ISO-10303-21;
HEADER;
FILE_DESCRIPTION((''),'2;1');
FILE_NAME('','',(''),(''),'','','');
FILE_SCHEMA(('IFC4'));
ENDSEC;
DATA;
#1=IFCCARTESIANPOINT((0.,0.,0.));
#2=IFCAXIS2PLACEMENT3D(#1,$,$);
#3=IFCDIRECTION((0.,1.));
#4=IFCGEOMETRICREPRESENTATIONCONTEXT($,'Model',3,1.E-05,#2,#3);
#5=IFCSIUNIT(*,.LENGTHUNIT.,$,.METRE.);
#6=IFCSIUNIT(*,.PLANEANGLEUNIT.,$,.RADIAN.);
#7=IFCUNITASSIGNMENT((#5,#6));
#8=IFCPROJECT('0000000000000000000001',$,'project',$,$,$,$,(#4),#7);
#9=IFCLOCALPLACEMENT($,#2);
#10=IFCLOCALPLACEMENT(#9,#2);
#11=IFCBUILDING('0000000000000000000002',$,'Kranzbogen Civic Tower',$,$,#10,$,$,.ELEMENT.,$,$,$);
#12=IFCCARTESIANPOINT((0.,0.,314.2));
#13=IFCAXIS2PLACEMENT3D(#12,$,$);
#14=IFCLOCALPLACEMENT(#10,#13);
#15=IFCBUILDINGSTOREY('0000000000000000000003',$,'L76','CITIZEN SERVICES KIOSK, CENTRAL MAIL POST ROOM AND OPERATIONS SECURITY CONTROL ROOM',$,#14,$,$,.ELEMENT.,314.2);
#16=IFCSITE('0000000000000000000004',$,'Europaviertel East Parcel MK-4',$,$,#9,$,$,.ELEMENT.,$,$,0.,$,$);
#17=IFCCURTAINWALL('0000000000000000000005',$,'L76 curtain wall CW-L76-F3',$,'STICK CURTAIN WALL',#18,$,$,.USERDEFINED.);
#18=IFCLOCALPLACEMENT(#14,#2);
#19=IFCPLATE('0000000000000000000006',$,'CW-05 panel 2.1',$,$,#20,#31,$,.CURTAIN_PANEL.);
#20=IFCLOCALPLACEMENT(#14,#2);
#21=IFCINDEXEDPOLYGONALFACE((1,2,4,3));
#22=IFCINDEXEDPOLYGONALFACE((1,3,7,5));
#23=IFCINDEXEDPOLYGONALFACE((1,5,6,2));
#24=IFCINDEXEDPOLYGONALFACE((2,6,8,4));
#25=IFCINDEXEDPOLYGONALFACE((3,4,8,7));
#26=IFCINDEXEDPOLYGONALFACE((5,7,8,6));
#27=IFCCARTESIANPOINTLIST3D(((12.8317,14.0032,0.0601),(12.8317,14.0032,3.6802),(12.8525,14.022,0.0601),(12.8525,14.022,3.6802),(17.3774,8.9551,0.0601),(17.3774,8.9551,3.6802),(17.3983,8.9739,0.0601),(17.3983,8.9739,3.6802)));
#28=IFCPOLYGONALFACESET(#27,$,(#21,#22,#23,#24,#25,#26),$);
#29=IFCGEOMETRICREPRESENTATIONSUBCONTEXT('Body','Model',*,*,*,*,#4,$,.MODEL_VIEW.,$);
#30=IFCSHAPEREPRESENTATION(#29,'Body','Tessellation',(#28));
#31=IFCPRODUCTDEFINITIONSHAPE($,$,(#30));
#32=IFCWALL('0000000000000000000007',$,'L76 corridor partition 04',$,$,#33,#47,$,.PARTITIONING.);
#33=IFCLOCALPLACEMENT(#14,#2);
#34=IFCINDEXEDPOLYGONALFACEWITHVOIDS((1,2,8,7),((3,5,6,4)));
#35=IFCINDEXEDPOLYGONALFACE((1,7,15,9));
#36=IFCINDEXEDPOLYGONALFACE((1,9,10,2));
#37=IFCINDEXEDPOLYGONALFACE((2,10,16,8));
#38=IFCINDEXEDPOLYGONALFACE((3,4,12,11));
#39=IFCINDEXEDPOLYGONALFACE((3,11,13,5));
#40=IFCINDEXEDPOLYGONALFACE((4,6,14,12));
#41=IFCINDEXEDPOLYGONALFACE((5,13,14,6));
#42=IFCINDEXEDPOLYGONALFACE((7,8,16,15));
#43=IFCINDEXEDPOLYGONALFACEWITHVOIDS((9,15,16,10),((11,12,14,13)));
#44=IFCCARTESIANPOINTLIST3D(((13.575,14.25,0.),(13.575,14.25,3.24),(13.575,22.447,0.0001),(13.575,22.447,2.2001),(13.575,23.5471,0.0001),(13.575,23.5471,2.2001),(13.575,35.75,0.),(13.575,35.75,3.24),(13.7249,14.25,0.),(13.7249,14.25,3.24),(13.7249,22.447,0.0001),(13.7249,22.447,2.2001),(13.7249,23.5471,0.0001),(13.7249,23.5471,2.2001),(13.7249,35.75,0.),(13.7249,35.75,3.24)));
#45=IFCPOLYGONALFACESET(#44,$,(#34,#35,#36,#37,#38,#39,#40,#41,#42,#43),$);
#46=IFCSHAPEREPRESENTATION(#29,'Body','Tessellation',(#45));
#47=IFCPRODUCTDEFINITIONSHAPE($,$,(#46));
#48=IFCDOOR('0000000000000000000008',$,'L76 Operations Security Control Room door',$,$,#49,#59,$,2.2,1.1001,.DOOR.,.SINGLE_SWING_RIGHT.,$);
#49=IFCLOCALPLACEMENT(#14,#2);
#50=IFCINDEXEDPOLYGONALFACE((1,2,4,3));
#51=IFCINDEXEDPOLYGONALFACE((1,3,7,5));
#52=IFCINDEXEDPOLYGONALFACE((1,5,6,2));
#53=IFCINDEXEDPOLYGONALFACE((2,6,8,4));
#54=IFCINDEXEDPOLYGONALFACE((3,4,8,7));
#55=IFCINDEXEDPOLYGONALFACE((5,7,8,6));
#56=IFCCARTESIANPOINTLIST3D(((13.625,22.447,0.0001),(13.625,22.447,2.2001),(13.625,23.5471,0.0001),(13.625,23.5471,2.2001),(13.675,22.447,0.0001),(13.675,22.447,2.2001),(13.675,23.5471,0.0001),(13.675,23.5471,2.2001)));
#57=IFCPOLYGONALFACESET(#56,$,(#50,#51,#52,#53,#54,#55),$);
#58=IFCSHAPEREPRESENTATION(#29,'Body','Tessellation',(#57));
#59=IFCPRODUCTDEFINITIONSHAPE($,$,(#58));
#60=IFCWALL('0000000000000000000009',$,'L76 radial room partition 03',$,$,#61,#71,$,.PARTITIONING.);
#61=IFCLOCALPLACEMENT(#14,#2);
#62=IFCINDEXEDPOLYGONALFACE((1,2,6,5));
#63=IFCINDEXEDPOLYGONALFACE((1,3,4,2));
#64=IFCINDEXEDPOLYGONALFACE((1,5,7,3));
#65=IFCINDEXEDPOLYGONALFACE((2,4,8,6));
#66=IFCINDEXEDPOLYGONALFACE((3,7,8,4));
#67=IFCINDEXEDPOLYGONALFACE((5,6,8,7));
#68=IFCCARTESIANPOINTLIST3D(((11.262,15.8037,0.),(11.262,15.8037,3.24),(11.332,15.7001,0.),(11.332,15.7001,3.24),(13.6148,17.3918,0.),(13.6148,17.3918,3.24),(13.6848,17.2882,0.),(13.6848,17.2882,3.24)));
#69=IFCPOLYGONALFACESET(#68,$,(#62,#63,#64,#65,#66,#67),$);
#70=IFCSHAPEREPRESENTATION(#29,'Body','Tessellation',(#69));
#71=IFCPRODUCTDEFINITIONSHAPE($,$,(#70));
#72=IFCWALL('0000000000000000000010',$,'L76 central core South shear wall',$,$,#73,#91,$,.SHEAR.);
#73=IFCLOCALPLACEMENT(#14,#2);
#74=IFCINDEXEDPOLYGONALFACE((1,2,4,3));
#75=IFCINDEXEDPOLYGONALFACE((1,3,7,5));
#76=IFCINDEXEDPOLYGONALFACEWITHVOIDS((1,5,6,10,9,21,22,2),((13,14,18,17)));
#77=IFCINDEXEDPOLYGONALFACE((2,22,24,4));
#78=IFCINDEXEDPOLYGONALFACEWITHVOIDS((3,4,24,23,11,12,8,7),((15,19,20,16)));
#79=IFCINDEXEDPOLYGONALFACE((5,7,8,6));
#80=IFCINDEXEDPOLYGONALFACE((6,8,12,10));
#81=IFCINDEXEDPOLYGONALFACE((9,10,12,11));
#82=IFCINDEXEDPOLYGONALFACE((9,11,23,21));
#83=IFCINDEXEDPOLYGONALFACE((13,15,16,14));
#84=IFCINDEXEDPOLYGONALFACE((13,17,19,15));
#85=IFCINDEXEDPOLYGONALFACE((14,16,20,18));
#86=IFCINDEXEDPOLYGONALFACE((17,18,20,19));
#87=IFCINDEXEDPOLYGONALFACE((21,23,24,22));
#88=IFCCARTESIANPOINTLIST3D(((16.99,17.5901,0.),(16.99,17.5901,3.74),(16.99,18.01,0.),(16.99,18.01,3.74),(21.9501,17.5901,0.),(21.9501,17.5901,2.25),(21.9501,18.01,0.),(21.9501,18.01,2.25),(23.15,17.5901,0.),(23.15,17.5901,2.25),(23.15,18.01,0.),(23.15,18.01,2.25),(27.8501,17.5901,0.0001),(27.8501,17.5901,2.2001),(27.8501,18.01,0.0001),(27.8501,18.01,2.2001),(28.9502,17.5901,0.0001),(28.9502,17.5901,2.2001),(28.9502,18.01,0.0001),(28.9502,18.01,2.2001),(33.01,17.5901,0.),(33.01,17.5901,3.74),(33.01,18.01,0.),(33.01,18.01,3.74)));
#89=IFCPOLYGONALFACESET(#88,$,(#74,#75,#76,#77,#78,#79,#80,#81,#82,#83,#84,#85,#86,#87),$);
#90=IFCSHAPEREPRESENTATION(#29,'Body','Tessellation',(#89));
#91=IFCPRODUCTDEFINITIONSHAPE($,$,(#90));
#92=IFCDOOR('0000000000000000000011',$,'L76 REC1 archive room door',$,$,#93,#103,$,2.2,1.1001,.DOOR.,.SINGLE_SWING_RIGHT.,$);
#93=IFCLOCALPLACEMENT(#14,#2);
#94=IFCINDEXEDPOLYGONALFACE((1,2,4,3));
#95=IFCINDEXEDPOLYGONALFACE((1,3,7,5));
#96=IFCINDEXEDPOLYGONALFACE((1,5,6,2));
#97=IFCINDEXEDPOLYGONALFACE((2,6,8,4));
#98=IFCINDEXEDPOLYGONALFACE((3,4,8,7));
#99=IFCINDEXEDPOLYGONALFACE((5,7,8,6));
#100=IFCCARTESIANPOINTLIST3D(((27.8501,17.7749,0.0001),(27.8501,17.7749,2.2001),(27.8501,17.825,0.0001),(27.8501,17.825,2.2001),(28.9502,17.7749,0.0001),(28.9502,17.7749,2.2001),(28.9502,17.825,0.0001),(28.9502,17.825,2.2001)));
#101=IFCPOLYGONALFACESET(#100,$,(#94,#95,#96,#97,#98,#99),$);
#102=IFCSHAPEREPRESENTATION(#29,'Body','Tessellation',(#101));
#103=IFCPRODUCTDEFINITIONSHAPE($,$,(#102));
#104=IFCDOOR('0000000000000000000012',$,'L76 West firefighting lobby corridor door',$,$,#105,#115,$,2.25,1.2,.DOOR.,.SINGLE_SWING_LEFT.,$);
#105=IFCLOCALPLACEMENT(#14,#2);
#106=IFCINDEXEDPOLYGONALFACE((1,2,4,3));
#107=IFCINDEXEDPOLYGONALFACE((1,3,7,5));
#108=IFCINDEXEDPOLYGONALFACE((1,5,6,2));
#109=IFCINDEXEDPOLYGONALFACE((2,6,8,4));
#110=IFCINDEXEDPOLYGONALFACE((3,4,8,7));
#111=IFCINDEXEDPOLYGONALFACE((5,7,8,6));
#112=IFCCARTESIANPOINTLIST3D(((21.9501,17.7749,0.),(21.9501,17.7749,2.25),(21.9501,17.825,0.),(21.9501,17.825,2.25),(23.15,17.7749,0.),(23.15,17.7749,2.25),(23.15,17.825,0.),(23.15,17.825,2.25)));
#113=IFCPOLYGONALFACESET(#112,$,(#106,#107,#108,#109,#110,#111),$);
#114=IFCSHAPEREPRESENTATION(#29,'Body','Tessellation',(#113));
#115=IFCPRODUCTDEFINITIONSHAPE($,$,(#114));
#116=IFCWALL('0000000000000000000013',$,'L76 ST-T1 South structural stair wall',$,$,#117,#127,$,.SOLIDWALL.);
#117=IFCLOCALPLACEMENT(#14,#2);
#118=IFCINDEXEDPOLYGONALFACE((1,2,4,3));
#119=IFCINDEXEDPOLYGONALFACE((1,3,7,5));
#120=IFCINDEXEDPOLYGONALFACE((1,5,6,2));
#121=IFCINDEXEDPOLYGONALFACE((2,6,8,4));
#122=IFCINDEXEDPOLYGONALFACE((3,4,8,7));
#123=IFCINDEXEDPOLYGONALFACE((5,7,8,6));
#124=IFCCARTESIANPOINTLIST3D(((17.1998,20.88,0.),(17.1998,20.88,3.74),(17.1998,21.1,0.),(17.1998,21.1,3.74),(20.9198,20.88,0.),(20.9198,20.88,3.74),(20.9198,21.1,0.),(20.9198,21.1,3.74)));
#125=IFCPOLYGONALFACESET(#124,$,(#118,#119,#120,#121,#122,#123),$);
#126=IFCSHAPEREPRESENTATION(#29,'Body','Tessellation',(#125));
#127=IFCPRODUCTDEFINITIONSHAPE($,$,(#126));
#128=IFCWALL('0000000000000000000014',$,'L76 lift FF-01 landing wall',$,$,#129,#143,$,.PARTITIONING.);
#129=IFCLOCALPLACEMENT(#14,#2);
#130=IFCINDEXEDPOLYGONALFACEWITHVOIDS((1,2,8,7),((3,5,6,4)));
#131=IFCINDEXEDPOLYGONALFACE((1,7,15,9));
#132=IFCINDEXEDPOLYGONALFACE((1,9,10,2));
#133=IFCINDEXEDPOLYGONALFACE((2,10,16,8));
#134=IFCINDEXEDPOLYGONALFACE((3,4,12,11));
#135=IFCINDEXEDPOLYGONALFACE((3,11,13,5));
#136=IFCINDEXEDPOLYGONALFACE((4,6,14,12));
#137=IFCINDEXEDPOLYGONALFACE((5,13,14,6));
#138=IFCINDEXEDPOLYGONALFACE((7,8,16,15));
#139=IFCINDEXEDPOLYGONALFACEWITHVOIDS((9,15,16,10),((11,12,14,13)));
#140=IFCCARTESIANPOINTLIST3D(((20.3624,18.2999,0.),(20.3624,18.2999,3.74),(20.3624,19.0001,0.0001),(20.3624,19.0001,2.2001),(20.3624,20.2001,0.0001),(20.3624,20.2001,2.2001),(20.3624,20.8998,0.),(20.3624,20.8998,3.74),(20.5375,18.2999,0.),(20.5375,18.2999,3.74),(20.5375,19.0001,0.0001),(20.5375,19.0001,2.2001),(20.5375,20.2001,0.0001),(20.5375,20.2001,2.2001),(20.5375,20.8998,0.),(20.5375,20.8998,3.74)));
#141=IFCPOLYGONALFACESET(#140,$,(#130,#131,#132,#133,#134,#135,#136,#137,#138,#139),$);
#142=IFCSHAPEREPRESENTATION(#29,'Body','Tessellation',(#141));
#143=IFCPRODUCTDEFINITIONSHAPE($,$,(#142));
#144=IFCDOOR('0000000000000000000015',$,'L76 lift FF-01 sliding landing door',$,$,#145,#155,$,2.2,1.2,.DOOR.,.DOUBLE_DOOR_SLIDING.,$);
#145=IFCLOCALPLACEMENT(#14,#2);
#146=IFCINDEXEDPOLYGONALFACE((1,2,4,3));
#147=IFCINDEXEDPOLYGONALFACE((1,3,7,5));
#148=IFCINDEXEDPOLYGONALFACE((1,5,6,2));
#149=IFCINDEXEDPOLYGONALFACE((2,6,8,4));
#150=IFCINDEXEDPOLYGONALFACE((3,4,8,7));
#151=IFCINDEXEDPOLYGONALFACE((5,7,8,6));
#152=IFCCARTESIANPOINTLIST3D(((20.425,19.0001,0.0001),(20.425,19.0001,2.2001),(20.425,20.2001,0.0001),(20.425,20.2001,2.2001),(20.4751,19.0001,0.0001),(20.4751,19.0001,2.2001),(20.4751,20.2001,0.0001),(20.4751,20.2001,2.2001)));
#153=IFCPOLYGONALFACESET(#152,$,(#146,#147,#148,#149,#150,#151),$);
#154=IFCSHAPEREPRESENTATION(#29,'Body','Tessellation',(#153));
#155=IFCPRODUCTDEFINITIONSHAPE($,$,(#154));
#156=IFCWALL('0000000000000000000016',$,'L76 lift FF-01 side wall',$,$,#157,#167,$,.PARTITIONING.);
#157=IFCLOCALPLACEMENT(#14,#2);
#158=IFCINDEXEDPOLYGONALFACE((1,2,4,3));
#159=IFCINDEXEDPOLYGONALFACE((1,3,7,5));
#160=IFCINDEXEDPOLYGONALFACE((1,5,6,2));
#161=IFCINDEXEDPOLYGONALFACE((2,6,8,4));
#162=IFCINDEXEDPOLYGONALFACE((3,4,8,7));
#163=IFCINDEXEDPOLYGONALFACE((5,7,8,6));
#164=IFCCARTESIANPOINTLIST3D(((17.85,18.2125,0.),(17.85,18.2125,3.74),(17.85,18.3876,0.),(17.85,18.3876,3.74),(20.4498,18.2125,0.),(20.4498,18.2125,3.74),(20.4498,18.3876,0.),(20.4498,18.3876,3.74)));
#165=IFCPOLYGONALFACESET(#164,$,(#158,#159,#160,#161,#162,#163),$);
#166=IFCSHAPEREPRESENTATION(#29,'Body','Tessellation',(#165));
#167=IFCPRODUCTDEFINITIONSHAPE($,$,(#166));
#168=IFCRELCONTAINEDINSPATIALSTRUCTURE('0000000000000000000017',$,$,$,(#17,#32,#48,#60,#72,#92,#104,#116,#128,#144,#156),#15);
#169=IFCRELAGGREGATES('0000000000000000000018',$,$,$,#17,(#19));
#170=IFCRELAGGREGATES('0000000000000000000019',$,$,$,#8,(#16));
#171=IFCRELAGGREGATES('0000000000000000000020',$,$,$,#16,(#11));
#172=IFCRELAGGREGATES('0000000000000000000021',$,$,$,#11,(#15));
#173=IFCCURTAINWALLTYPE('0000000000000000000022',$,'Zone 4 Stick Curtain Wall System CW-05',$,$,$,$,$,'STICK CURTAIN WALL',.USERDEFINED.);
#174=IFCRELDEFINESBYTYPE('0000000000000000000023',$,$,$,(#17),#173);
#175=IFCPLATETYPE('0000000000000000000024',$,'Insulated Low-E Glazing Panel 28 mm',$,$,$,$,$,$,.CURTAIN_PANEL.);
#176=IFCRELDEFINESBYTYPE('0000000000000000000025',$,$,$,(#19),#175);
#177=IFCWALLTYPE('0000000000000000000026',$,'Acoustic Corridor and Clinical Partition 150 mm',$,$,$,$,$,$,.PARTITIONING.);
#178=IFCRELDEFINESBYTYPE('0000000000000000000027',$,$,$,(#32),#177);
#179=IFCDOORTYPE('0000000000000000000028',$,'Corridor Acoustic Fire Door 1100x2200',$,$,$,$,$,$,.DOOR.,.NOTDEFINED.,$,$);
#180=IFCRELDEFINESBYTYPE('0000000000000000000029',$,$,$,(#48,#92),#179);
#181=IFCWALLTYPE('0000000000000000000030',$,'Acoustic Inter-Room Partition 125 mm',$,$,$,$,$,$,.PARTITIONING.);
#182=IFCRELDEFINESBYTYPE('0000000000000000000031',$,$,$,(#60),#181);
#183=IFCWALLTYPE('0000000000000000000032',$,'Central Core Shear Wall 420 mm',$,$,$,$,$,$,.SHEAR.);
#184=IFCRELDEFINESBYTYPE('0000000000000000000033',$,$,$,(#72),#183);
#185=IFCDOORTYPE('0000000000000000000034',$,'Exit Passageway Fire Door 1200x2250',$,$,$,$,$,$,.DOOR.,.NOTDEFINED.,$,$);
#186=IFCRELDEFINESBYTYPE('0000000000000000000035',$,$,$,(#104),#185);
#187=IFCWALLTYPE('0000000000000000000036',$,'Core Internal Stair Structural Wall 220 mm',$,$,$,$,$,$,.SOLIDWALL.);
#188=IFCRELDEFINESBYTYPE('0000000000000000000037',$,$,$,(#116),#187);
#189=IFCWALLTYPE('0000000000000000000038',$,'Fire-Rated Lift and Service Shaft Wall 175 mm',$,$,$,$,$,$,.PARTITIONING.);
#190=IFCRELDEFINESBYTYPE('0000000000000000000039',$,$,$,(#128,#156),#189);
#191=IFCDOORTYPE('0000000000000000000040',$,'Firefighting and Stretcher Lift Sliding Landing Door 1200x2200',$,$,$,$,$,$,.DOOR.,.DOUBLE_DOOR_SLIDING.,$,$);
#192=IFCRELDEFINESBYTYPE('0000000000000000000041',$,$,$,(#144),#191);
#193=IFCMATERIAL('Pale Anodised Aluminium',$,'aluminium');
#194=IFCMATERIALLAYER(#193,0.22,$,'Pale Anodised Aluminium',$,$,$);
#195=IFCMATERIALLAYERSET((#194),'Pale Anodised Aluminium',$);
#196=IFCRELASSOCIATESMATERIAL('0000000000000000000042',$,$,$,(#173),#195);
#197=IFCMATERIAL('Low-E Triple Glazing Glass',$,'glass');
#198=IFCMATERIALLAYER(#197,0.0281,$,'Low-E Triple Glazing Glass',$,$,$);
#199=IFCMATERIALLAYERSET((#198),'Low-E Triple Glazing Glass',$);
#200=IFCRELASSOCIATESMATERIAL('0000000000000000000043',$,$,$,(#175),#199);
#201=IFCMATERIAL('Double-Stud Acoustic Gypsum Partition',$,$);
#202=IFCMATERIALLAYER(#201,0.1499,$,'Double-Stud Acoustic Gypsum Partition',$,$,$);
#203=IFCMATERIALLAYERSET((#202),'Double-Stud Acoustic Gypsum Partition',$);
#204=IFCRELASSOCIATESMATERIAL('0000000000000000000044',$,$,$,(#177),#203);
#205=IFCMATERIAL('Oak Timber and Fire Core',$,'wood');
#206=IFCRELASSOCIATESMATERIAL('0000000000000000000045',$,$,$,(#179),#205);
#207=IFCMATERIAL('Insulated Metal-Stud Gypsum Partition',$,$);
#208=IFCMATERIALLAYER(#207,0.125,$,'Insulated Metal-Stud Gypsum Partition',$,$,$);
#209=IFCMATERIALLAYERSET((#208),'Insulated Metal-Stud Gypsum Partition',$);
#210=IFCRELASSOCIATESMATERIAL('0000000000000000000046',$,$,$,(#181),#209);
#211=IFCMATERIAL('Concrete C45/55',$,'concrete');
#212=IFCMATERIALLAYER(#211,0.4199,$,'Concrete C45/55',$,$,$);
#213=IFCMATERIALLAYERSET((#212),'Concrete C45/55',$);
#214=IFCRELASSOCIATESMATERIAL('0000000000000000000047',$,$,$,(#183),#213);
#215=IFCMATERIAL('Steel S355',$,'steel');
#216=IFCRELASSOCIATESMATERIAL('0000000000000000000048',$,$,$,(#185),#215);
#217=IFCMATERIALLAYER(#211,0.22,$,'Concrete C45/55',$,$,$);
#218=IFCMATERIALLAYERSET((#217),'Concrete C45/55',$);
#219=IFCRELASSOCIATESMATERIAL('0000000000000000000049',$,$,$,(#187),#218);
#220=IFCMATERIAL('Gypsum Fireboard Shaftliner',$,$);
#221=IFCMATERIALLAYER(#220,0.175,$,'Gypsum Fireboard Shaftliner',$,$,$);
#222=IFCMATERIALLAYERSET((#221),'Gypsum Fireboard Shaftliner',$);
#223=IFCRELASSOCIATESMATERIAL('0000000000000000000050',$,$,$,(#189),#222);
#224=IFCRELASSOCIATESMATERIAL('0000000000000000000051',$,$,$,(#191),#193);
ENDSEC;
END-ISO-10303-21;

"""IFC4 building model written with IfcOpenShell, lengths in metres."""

from ifc_helpers import new_model, si_unit, direction, frame, frame_2d, origin, origin_2d, place, context, subcontext, project, spatial, rectangle, extrude, material, layer, layer_set, type_object, element, fill, aggregate, save


model = new_model("IFC4")

# Units and contexts
model_context = context("Model", 3, precision=1e-05, world=origin(), true_north=direction((0.0, 1.0)))
body_context = subcontext(model_context, "Body", "Model", "MODEL_VIEW")
ifc_project = project(units=[si_unit("LENGTHUNIT", "METRE"), si_unit("PLANEANGLEUNIT", "RADIAN")], contexts=[model_context])

# Site, building, storey
site_placement = place(None, origin())
site = spatial("IfcSite", under=ifc_project, at=site_placement, Name="Europaviertel East Parcel MK-4", CompositionType="ELEMENT", RefElevation=0.0)
building_placement = place(site_placement, origin())
building = spatial("IfcBuilding", under=site, at=building_placement, Name="Kranzbogen Civic Tower", CompositionType="ELEMENT")
storey_placement = place(building_placement, frame((0.0, 0.0, 314.2)))
storey = spatial("IfcBuildingStorey", under=building, at=storey_placement, Name="L76", Description="CITIZEN SERVICES KIOSK, CENTRAL MAIL POST ROOM AND OPERATIONS SECURITY CONTROL ROOM", CompositionType="ELEMENT", Elevation=314.2)

# Shared definitions
ifc_material_1 = material(Name="Steel S355", Category="steel")

# Shared definitions
ifc_material_2 = material(Name="Pale Anodised Aluminium", Category="aluminium")

# Curtain wall
ifc_layer_1 = layer(ifc_material_2, 0.22, Name="Pale Anodised Aluminium")
ifc_layer_set_1 = layer_set([ifc_layer_1], Name="Pale Anodised Aluminium")
curtain_wall_type_1 = type_object("IfcCurtainWallType", Name="Zone 4 Stick Curtain Wall System CW-05", ElementType="STICK CURTAIN WALL", PredefinedType="USERDEFINED", material=ifc_layer_set_1)
curtain_wall_1_placement = place(storey_placement, origin())
curtain_wall_1 = element("IfcCurtainWall", 1, at=curtain_wall_1_placement, inside=storey, type_object=curtain_wall_type_1, Name="L76 curtain wall CW-L76-F3", ObjectType="STICK CURTAIN WALL", PredefinedType="USERDEFINED")

# Plate
ifc_material_3 = material(Name="Low-E Triple Glazing Glass", Category="glass")
ifc_layer_2 = layer(ifc_material_3, 0.0281, Name="Low-E Triple Glazing Glass")
ifc_layer_set_2 = layer_set([ifc_layer_2], Name="Low-E Triple Glazing Glass")
plate_type_1 = type_object("IfcPlateType", Name="Insulated Low-E Glazing Panel 28 mm", PredefinedType="CURTAIN_PANEL", material=ifc_layer_set_2)
plate_1_placement = place(storey_placement, frame((15.115, 11.4885, 0.0601), z_axis=(0.0, 0.0, 1.0), x_axis=(0.669165, -0.743114, 0.0)))
plate_1 = element("IfcPlate", 2, at=plate_1_placement, type_object=plate_type_1, Name="CW-05 panel 2.1", PredefinedType="CURTAIN_PANEL", context=body_context, shape_type="SweptSolid", body=[
    extrude(rectangle(XDim=6.7932, YDim=0.0281, at=origin_2d()), origin(), (0.0, 0.0, 1.0), 3.6201),
])
aggregate(curtain_wall_1, [plate_1])

# Wall, opening, door
ifc_material_4 = material(Name="Double-Stud Acoustic Gypsum Partition")
ifc_layer_3 = layer(ifc_material_4, 0.1499, Name="Double-Stud Acoustic Gypsum Partition")
ifc_layer_set_3 = layer_set([ifc_layer_3], Name="Double-Stud Acoustic Gypsum Partition")
wall_type_1 = type_object("IfcWallType", Name="Acoustic Corridor and Clinical Partition 150 mm", PredefinedType="PARTITIONING", material=ifc_layer_set_3)
wall_1_placement = place(storey_placement, frame((13.6499, 14.25, 0.0), z_axis=(0.0, 0.0, 1.0), x_axis=(0.0, 1.0, 0.0)))
wall_1 = element("IfcWall", 3, at=wall_1_placement, inside=storey, type_object=wall_type_1, Name="L76 corridor partition 04", PredefinedType="PARTITIONING", context=body_context, shape_type="SweptSolid", body=[
    extrude(rectangle(XDim=21.5, YDim=0.1499, at=frame_2d((10.75, 0.0))), origin(), (0.0, 0.0, 1.0), 3.24),
])
opening_1_placement = place(wall_1_placement, frame((8.197, 0.0, 0.0)))
opening_1 = element("IfcOpeningElement", 4, at=opening_1_placement, cuts=wall_1, PredefinedType="OPENING", context=body_context, shape_type="SweptSolid", body=[
    extrude(rectangle(XDim=1.1001, YDim=2.2, at=frame_2d((0.55, 1.1001))), frame((0.0, 0.085, 0.0), z_axis=(0.0, -1.0, 0.0), x_axis=(1.0, 0.0, 0.0)), (0.0, 0.0, 1.0), 0.1699),
])
ifc_material_5 = material(Name="Oak Timber and Fire Core", Category="wood")
door_type_1 = type_object("IfcDoorType", Name="Corridor Acoustic Fire Door 1100x2200", OperationType="NOTDEFINED", PredefinedType="DOOR", material=ifc_material_5)
door_1_placement = place(opening_1_placement, origin())
door_1 = element("IfcDoor", 5, at=door_1_placement, inside=storey, type_object=door_type_1, Name="L76 Operations Security Control Room door", OperationType="SINGLE_SWING_RIGHT", OverallHeight=2.2, OverallWidth=1.1001, PredefinedType="DOOR", context=body_context, shape_type="SweptSolid", body=[
    extrude(rectangle(XDim=1.1001, YDim=2.2, at=frame_2d((0.55, 1.1001))), frame((0.0, 0.0249, 0.0), z_axis=(0.0, -1.0, 0.0), x_axis=(1.0, 0.0, 0.0)), (0.0, 0.0, 1.0), 0.05),
])
fill(opening_1, door_1)

# Wall
ifc_material_6 = material(Name="Insulated Metal-Stud Gypsum Partition")
ifc_layer_4 = layer(ifc_material_6, 0.125, Name="Insulated Metal-Stud Gypsum Partition")
ifc_layer_set_4 = layer_set([ifc_layer_4], Name="Insulated Metal-Stud Gypsum Partition")
wall_type_2 = type_object("IfcWallType", Name="Acoustic Inter-Room Partition 125 mm", PredefinedType="PARTITIONING", material=ifc_layer_set_4)
wall_2_placement = place(storey_placement, frame((13.6499, 17.3401, 0.0), z_axis=(0.0, 0.0, 1.0), x_axis=(-0.828848, -0.559474, 0.0)))
element("IfcWall", 6, at=wall_2_placement, inside=storey, type_object=wall_type_2, Name="L76 radial room partition 03", PredefinedType="PARTITIONING", context=body_context, shape_type="SweptSolid", body=[
    extrude(rectangle(XDim=2.8386, YDim=0.125, at=frame_2d((1.4194, 0.0))), origin(), (0.0, 0.0, 1.0), 3.24),
])

# Wall, openings, doors
ifc_material_7 = material(Name="Concrete C45/55", Category="concrete")
ifc_layer_5 = layer(ifc_material_7, 0.4199, Name="Concrete C45/55")
ifc_layer_set_5 = layer_set([ifc_layer_5], Name="Concrete C45/55")
wall_type_3 = type_object("IfcWallType", Name="Central Core Shear Wall 420 mm", PredefinedType="SHEAR", material=ifc_layer_set_5)
wall_3_placement = place(storey_placement, frame((16.99, 17.8, 0.0), z_axis=(0.0, 0.0, 1.0), x_axis=(1.0, 0.0, 0.0)))
wall_3 = element("IfcWall", 7, at=wall_3_placement, inside=storey, type_object=wall_type_3, Name="L76 central core South shear wall", PredefinedType="SHEAR", context=body_context, shape_type="SweptSolid", body=[
    extrude(rectangle(XDim=16.02, YDim=0.4199, at=frame_2d((8.01, 0.0))), origin(), (0.0, 0.0, 1.0), 3.74),
])
opening_2_placement = place(wall_3_placement, frame((4.96, 0.0, 0.0)))
opening_2 = element("IfcOpeningElement", 8, at=opening_2_placement, cuts=wall_3, PredefinedType="OPENING", context=body_context, shape_type="SweptSolid", body=[
    extrude(rectangle(XDim=1.2, YDim=2.25, at=frame_2d((0.6001, 1.125))), frame((0.0, 0.22, 0.0), z_axis=(0.0, -1.0, 0.0), x_axis=(1.0, 0.0, 0.0)), (0.0, 0.0, 1.0), 0.4399),
])
opening_3_placement = place(wall_3_placement, frame((10.8601, 0.0, 0.0)))
opening_3 = element("IfcOpeningElement", 9, at=opening_3_placement, cuts=wall_3, PredefinedType="OPENING", context=body_context, shape_type="SweptSolid", body=[
    extrude(rectangle(XDim=1.1001, YDim=2.2, at=frame_2d((0.55, 1.1001))), frame((0.0, 0.22, 0.0), z_axis=(0.0, -1.0, 0.0), x_axis=(1.0, 0.0, 0.0)), (0.0, 0.0, 1.0), 0.4399),
])
door_2_placement = place(opening_3_placement, origin())
door_2 = element("IfcDoor", 10, at=door_2_placement, inside=storey, type_object=door_type_1, Name="L76 REC1 archive room door", OperationType="SINGLE_SWING_RIGHT", OverallHeight=2.2, OverallWidth=1.1001, PredefinedType="DOOR", context=body_context, shape_type="SweptSolid", body=[
    extrude(rectangle(XDim=1.1001, YDim=2.2, at=frame_2d((0.55, 1.1001))), frame((0.0, 0.0249, 0.0), z_axis=(0.0, -1.0, 0.0), x_axis=(1.0, 0.0, 0.0)), (0.0, 0.0, 1.0), 0.05),
])
fill(opening_3, door_2)
door_type_2 = type_object("IfcDoorType", Name="Exit Passageway Fire Door 1200x2250", OperationType="NOTDEFINED", PredefinedType="DOOR", material=ifc_material_1)
door_3_placement = place(opening_2_placement, origin())
door_3 = element("IfcDoor", 11, at=door_3_placement, inside=storey, type_object=door_type_2, Name="L76 West firefighting lobby corridor door", OperationType="SINGLE_SWING_LEFT", OverallHeight=2.25, OverallWidth=1.2, PredefinedType="DOOR", context=body_context, shape_type="SweptSolid", body=[
    extrude(rectangle(XDim=1.2, YDim=2.25, at=frame_2d((0.6001, 1.125))), frame((0.0, 0.0249, 0.0), z_axis=(0.0, -1.0, 0.0), x_axis=(1.0, 0.0, 0.0)), (0.0, 0.0, 1.0), 0.05),
])
fill(opening_2, door_3)

# Wall
ifc_layer_6 = layer(ifc_material_7, 0.22, Name="Concrete C45/55")
ifc_layer_set_6 = layer_set([ifc_layer_6], Name="Concrete C45/55")
wall_type_4 = type_object("IfcWallType", Name="Core Internal Stair Structural Wall 220 mm", PredefinedType="SOLIDWALL", material=ifc_layer_set_6)
wall_4_placement = place(storey_placement, frame((17.2, 20.99, 0.0), z_axis=(0.0, 0.0, 1.0), x_axis=(1.0, 0.0, 0.0)))
element("IfcWall", 12, at=wall_4_placement, inside=storey, type_object=wall_type_4, Name="L76 ST-T1 South structural stair wall", PredefinedType="SOLIDWALL", context=body_context, shape_type="SweptSolid", body=[
    extrude(rectangle(XDim=3.72, YDim=0.22, at=frame_2d((1.8599, 0.0))), origin(), (0.0, 0.0, 1.0), 3.74),
])

# Wall, opening, door
ifc_material_8 = material(Name="Gypsum Fireboard Shaftliner")
ifc_layer_7 = layer(ifc_material_8, 0.175, Name="Gypsum Fireboard Shaftliner")
ifc_layer_set_7 = layer_set([ifc_layer_7], Name="Gypsum Fireboard Shaftliner")
wall_type_5 = type_object("IfcWallType", Name="Fire-Rated Lift and Service Shaft Wall 175 mm", PredefinedType="PARTITIONING", material=ifc_layer_set_7)
wall_5_placement = place(storey_placement, frame((20.45, 18.3, 0.0), z_axis=(0.0, 0.0, 1.0), x_axis=(0.0, 1.0, 0.0)))
wall_5 = element("IfcWall", 13, at=wall_5_placement, inside=storey, type_object=wall_type_5, Name="L76 lift FF-01 landing wall", PredefinedType="PARTITIONING", context=body_context, shape_type="SweptSolid", body=[
    extrude(rectangle(XDim=2.5999, YDim=0.175, at=frame_2d((1.2998, 0.0))), origin(), (0.0, 0.0, 1.0), 3.74),
])
opening_4_placement = place(wall_5_placement, frame((0.7, 0.0, 0.0)))
opening_4 = element("IfcOpeningElement", 14, at=opening_4_placement, cuts=wall_5, PredefinedType="OPENING", context=body_context, shape_type="SweptSolid", body=[
    extrude(rectangle(XDim=1.2, YDim=2.2, at=frame_2d((0.6001, 1.1001))), frame((0.0, 0.0977, 0.0), z_axis=(0.0, -1.0, 0.0), x_axis=(1.0, 0.0, 0.0)), (0.0, 0.0, 1.0), 0.1951),
])
door_type_3 = type_object("IfcDoorType", Name="Firefighting and Stretcher Lift Sliding Landing Door 1200x2200", OperationType="DOUBLE_DOOR_SLIDING", PredefinedType="DOOR", material=ifc_material_2)
door_4_placement = place(opening_4_placement, origin())
door_4 = element("IfcDoor", 15, at=door_4_placement, inside=storey, type_object=door_type_3, Name="L76 lift FF-01 sliding landing door", OperationType="DOUBLE_DOOR_SLIDING", OverallHeight=2.2, OverallWidth=1.2, PredefinedType="DOOR", context=body_context, shape_type="SweptSolid", body=[
    extrude(rectangle(XDim=1.2, YDim=2.2, at=frame_2d((0.6001, 1.1001))), frame((0.0, 0.0249, 0.0), z_axis=(0.0, -1.0, 0.0), x_axis=(1.0, 0.0, 0.0)), (0.0, 0.0, 1.0), 0.05),
])
fill(opening_4, door_4)

# Wall
wall_6_placement = place(storey_placement, frame((17.8501, 18.3, 0.0), z_axis=(0.0, 0.0, 1.0), x_axis=(1.0, 0.0, 0.0)))
element("IfcWall", 16, at=wall_6_placement, inside=storey, type_object=wall_type_5, Name="L76 lift FF-01 side wall", PredefinedType="PARTITIONING", context=body_context, shape_type="SweptSolid", body=[
    extrude(rectangle(XDim=2.5999, YDim=0.175, at=frame_2d((1.2998, 0.0))), origin(), (0.0, 0.0, 1.0), 3.74),
])

save(model, "model.ifc")
